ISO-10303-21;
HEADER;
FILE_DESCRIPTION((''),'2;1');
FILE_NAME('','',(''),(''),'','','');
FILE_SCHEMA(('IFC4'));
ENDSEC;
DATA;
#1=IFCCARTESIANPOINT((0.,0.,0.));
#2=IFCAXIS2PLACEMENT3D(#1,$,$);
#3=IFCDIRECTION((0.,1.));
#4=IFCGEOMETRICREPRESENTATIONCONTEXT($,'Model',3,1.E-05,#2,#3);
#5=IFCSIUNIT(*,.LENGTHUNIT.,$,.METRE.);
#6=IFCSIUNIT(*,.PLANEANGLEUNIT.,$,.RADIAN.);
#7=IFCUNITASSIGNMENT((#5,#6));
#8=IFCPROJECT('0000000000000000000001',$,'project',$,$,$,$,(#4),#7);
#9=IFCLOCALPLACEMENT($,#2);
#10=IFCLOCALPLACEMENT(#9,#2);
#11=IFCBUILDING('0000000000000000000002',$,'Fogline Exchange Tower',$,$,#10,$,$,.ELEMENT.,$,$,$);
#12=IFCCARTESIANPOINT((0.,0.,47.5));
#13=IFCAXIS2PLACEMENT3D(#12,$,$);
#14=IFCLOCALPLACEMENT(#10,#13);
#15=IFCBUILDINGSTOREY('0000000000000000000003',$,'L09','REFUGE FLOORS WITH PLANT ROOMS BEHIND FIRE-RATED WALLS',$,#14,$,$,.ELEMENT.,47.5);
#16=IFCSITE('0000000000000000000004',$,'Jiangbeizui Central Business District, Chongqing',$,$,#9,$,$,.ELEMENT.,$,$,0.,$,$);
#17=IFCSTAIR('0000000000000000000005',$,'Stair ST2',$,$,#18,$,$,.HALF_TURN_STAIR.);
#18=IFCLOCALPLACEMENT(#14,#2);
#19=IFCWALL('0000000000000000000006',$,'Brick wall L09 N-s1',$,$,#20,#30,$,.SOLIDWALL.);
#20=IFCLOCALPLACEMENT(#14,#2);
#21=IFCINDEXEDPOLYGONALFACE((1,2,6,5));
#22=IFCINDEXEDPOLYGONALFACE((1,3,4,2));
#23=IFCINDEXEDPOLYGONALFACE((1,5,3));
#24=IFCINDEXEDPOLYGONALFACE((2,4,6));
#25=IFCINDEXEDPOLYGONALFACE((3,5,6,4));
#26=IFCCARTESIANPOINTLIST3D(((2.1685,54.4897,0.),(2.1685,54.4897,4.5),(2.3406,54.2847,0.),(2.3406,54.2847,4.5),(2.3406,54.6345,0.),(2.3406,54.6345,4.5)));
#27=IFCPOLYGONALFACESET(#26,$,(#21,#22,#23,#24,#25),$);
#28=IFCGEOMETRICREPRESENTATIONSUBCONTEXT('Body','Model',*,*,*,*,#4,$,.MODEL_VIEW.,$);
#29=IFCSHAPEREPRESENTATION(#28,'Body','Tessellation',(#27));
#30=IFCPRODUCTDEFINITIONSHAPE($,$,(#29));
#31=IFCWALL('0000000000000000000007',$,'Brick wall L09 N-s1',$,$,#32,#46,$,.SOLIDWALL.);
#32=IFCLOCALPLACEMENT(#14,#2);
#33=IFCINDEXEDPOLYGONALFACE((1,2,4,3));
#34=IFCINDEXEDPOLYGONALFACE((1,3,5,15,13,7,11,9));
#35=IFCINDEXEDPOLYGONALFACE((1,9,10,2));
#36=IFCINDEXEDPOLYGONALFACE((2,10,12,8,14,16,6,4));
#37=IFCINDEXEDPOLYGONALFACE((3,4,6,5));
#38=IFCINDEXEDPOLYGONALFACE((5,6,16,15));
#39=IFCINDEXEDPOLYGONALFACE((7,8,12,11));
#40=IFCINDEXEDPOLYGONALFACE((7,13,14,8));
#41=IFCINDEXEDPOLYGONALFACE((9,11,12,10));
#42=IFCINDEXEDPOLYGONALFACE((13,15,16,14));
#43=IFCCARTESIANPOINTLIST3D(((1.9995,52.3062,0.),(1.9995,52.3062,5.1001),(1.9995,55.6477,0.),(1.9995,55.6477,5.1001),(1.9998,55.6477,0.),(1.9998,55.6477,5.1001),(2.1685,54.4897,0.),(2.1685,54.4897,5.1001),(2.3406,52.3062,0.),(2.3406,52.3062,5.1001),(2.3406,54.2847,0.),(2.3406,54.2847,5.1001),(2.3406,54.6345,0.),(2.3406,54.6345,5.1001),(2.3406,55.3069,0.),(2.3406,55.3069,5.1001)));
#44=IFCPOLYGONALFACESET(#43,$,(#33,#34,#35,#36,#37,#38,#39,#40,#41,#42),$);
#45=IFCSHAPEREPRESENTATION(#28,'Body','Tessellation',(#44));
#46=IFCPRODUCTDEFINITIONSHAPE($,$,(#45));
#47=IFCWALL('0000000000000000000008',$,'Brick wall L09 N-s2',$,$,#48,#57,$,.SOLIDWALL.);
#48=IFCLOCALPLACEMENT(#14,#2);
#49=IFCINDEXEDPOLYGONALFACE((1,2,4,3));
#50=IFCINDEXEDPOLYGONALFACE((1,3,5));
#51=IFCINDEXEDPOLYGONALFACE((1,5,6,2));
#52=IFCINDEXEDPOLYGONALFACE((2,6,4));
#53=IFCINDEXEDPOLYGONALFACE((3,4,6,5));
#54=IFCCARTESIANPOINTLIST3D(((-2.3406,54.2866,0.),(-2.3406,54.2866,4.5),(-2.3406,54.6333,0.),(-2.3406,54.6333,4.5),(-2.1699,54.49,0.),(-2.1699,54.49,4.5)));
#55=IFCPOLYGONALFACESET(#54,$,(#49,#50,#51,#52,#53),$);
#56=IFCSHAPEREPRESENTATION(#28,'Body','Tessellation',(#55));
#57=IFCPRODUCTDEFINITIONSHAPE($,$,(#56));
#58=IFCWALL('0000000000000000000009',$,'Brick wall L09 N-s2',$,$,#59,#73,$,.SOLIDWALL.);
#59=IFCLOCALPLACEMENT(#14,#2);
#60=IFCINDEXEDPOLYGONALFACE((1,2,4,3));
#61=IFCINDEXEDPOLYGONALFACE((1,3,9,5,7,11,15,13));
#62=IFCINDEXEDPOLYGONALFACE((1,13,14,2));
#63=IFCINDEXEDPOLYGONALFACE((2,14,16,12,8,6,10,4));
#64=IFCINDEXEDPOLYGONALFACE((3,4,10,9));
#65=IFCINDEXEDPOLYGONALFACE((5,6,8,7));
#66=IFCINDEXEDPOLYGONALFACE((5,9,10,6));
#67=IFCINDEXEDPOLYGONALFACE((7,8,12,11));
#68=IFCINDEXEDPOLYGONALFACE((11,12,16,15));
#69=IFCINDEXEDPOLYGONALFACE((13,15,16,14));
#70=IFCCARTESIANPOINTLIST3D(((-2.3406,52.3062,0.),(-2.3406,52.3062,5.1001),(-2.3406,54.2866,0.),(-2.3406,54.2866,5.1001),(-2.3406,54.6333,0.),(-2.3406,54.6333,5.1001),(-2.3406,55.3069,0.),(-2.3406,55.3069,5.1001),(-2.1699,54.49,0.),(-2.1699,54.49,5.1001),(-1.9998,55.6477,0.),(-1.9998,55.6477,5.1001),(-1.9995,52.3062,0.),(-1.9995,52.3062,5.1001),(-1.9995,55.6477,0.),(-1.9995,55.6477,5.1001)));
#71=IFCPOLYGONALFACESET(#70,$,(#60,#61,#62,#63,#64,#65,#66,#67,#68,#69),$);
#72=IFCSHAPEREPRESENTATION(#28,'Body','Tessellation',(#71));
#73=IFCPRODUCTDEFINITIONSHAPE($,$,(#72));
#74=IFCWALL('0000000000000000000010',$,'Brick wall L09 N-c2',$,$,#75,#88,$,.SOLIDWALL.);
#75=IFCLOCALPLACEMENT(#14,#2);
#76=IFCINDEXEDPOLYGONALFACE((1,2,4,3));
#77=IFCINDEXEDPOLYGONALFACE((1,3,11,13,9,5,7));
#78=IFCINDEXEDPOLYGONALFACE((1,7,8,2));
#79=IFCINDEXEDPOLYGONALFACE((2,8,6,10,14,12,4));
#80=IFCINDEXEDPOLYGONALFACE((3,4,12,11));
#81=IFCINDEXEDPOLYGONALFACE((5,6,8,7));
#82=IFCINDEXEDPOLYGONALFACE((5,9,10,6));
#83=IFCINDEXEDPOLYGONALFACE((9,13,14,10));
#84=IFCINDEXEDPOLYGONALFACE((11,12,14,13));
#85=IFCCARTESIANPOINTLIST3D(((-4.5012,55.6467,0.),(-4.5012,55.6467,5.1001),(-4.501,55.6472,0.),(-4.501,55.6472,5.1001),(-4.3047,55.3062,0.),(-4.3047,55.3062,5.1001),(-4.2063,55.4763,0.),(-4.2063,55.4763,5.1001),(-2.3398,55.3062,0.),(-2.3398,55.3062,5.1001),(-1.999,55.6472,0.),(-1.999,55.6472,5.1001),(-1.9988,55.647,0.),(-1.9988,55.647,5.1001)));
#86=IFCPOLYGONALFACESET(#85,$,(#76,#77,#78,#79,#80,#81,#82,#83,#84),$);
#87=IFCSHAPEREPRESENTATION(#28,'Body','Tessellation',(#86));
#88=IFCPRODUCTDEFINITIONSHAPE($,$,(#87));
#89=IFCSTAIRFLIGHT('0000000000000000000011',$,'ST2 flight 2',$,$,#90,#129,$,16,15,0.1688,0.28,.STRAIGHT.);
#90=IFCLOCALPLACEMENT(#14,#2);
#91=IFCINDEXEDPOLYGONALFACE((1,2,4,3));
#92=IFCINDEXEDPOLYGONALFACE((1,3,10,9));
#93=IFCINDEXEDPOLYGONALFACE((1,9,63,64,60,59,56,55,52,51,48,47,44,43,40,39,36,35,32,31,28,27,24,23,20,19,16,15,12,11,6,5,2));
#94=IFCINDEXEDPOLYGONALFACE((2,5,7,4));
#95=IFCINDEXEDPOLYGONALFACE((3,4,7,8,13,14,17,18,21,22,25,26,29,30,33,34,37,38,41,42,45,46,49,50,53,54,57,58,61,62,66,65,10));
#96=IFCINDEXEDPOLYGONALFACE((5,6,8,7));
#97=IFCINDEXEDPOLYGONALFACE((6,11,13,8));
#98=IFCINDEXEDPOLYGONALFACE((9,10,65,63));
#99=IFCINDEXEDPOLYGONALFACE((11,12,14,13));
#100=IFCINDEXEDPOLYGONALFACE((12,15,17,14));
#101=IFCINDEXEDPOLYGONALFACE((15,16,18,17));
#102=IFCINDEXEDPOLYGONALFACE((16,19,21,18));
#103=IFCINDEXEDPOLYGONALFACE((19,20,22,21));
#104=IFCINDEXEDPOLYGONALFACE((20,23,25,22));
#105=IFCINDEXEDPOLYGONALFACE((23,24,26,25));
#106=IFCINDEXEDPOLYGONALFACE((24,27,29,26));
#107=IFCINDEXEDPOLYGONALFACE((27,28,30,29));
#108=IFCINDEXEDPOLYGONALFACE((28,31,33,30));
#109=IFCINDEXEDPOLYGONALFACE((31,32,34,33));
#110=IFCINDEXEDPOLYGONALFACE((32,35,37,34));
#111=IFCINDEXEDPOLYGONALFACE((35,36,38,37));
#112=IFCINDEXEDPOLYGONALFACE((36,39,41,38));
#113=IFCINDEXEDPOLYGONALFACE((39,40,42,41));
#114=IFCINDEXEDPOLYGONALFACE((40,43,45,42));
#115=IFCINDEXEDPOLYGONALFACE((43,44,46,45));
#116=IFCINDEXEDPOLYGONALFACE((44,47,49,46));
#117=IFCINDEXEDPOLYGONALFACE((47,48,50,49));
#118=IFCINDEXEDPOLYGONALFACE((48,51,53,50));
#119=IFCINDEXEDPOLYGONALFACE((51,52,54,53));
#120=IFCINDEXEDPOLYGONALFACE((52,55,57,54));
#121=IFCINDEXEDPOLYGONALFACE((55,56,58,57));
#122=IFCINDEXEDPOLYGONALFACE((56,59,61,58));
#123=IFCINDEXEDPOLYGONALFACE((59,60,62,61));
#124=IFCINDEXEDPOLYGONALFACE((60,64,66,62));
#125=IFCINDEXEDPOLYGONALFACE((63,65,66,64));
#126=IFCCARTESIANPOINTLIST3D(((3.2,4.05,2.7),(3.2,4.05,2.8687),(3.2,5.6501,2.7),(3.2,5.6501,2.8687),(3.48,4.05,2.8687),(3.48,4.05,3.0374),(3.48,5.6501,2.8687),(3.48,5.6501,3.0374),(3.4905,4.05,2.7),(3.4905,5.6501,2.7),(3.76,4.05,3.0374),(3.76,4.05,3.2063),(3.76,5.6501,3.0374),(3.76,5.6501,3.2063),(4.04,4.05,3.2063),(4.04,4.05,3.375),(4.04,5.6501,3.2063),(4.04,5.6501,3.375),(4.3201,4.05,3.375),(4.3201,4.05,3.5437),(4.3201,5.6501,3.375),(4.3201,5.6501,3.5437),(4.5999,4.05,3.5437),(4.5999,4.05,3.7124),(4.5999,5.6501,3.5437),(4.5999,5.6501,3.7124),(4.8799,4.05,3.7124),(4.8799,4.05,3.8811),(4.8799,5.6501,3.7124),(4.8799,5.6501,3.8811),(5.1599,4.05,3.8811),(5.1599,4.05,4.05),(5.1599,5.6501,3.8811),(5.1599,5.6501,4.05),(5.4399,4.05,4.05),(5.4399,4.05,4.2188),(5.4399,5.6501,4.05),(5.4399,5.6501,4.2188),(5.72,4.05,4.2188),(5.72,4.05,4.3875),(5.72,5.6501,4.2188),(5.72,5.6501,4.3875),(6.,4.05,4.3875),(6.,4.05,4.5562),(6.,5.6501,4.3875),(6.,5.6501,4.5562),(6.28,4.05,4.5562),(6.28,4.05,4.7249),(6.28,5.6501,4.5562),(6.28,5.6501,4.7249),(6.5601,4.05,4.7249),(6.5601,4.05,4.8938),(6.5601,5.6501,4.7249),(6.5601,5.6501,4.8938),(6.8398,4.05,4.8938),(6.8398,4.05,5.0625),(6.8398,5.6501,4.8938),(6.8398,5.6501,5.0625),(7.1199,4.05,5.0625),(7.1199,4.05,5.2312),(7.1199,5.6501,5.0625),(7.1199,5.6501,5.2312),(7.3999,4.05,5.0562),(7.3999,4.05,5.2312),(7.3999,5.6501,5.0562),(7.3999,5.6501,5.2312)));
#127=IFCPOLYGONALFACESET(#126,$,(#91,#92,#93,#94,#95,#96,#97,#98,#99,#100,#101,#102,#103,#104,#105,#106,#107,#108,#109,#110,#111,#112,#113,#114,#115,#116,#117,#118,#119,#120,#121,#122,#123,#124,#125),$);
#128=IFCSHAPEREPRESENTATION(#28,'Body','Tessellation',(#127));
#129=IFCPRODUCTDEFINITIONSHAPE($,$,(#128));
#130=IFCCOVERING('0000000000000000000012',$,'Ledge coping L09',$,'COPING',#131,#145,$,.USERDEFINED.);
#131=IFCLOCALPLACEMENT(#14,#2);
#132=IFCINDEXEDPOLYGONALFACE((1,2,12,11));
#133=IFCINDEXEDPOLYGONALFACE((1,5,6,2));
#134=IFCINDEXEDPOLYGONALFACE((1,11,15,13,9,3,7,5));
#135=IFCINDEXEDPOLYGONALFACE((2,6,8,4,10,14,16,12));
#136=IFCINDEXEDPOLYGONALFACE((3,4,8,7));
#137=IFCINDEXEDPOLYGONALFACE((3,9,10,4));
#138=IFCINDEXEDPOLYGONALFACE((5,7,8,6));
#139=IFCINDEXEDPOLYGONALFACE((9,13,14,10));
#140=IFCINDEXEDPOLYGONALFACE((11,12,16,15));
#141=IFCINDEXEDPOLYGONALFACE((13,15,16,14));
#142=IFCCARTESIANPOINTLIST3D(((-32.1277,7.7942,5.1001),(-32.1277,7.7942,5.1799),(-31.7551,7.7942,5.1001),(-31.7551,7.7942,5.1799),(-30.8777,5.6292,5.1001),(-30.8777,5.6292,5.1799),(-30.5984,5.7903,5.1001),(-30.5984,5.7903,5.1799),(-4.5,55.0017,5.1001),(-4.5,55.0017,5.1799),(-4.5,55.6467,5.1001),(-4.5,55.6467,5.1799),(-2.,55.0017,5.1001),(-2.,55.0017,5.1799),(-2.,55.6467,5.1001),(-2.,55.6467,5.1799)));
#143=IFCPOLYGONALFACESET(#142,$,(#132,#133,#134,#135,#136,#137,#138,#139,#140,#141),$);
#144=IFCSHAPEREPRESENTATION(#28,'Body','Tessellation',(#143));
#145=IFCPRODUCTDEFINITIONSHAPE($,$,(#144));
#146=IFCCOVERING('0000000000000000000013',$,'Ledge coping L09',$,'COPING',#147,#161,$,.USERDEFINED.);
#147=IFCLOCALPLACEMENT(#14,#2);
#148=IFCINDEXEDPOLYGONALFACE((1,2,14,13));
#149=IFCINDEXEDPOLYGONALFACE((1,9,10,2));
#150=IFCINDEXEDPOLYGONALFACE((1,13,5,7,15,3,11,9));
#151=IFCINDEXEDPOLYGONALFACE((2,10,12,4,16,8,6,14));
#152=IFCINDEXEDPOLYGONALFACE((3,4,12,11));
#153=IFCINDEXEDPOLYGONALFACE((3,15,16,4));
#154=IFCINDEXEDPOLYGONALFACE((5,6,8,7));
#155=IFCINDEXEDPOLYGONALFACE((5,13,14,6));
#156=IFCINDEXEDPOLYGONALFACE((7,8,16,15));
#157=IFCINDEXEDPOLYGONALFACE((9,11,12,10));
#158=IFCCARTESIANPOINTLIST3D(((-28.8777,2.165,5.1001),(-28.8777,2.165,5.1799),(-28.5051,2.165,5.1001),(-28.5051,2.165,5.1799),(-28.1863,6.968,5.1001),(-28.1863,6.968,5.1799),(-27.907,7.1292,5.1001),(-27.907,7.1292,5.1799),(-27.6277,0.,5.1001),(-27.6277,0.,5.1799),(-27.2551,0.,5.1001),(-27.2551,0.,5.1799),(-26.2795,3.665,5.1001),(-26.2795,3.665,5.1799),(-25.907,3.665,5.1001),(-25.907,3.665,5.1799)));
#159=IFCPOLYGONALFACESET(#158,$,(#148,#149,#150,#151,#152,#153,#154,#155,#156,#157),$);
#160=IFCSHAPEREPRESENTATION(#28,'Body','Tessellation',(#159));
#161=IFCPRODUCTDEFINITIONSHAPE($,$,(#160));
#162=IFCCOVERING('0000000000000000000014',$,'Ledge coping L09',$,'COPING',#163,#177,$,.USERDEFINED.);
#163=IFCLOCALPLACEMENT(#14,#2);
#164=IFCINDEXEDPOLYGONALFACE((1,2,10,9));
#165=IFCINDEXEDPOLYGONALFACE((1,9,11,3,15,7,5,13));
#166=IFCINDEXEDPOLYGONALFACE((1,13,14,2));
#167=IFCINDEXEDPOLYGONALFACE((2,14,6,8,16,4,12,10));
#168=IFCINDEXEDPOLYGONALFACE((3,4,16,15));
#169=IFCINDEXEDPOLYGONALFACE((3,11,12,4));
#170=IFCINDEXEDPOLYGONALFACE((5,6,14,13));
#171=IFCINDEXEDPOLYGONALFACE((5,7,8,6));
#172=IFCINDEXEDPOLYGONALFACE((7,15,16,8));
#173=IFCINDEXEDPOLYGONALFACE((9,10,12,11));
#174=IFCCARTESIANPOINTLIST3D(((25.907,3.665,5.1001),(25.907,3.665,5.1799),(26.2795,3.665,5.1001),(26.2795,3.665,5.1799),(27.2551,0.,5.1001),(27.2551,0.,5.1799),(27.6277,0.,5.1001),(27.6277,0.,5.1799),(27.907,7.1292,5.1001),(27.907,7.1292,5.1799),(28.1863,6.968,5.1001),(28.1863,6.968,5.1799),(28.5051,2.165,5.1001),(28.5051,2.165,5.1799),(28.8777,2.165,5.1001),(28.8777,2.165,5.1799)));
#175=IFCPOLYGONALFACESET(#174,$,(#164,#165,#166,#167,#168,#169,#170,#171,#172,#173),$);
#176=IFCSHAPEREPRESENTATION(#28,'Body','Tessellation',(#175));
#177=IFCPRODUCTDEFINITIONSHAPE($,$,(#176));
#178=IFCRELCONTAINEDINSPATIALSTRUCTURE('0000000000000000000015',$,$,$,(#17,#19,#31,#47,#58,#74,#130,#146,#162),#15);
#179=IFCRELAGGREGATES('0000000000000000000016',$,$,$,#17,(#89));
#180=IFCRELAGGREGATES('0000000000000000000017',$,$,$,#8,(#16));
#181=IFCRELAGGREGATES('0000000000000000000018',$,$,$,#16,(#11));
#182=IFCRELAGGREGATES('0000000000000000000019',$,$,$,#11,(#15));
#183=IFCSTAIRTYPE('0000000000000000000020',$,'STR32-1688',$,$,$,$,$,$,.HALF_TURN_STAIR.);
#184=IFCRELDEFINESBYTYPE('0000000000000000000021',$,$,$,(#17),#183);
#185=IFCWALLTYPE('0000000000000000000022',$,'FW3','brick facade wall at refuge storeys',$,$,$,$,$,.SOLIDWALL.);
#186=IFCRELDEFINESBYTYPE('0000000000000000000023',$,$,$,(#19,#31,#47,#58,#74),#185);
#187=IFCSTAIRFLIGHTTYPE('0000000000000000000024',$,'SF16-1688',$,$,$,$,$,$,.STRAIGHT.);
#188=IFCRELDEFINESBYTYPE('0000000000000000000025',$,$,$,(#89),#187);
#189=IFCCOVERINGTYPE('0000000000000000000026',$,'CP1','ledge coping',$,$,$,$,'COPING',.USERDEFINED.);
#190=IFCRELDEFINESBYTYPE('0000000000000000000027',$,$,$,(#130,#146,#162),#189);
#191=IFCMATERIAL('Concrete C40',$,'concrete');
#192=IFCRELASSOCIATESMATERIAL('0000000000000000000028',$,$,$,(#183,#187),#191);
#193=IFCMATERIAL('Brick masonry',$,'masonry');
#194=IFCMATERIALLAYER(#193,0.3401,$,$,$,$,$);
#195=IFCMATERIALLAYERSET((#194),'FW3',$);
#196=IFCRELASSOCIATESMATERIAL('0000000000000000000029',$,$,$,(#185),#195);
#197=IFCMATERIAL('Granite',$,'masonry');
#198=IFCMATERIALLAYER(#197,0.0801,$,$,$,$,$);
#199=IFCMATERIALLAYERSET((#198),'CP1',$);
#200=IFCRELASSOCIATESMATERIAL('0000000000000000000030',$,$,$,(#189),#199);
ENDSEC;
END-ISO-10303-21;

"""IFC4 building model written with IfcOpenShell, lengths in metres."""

from ifc_helpers import new_model, si_unit, direction, frame, origin, place, context, subcontext, project, spatial, polyline, outline, extrude, material, layer, layer_set, type_object, element, aggregate, save


model = new_model("IFC4")

# Units and contexts
model_context = context("Model", 3, precision=1e-05, world=origin(), true_north=direction((0.0, 1.0)))
body_context = subcontext(model_context, "Body", "Model", "MODEL_VIEW")
ifc_project = project(units=[si_unit("LENGTHUNIT", "METRE"), si_unit("PLANEANGLEUNIT", "RADIAN")], contexts=[model_context])

# Site, building, storey
site_placement = place(None, origin())
site = spatial("IfcSite", under=ifc_project, at=site_placement, Name="Jiangbeizui Central Business District, Chongqing", CompositionType="ELEMENT", RefElevation=0.0)
building_placement = place(site_placement, origin())
building = spatial("IfcBuilding", under=site, at=building_placement, Name="Fogline Exchange Tower", CompositionType="ELEMENT")
storey_placement = place(building_placement, frame((0.0, 0.0, 47.5)))
storey = spatial("IfcBuildingStorey", under=building, at=storey_placement, Name="L09", Description="REFUGE FLOORS WITH PLANT ROOMS BEHIND FIRE-RATED WALLS", CompositionType="ELEMENT", Elevation=47.5)

# Shared definitions
ifc_material_1 = material(Name="Concrete C40", Category="concrete")

# Stair
stair_type = type_object("IfcStairType", Name="STR32-1688", PredefinedType="HALF_TURN_STAIR", material=ifc_material_1)
stair_1_placement = place(storey_placement, origin())
stair_1 = element("IfcStair", 1, at=stair_1_placement, inside=storey, type_object=stair_type, Name="Stair ST2", PredefinedType="HALF_TURN_STAIR")

# Walls
ifc_material_2 = material(Name="Brick masonry", Category="masonry")
ifc_layer_1 = layer(ifc_material_2, 0.3401)
ifc_layer_set_1 = layer_set([ifc_layer_1], Name="FW3")
wall_type_1 = type_object("IfcWallType", Name="FW3", Description="brick facade wall at refuge storeys", PredefinedType="SOLIDWALL", material=ifc_layer_set_1)
wall_1_placement = place(storey_placement, origin())
element("IfcWall", 2, at=wall_1_placement, inside=storey, type_object=wall_type_1, Name="Brick wall L09 N-s1", PredefinedType="SOLIDWALL", context=body_context, shape_type="SweptSolid", body=[
    extrude(outline(polyline([(2.3406, 54.2847), (2.1685, 54.4897), (2.3406, 54.6345), (2.3406, 54.2847)])), origin(), (0.0, 0.0, 1.0), 4.5),
])
wall_2_placement = place(storey_placement, origin())
element("IfcWall", 3, at=wall_2_placement, inside=storey, type_object=wall_type_1, Name="Brick wall L09 N-s1", PredefinedType="SOLIDWALL", context=body_context, shape_type="SweptSolid", body=[
    extrude(outline(polyline([(1.9995, 52.3062), (1.9995, 55.6477), (1.9998, 55.6477), (2.3406, 55.3069), (2.3406, 54.6345), (2.1685, 54.4897), (2.3406, 54.2847), (2.3406, 52.3062), (1.9995, 52.3062)])), origin(), (0.0, 0.0, 1.0), 5.1001),
])
wall_3_placement = place(storey_placement, origin())
element("IfcWall", 4, at=wall_3_placement, inside=storey, type_object=wall_type_1, Name="Brick wall L09 N-s2", PredefinedType="SOLIDWALL", context=body_context, shape_type="SweptSolid", body=[
    extrude(outline(polyline([(-2.3406, 54.6333), (-2.1699, 54.49), (-2.3406, 54.2866), (-2.3406, 54.6333)])), origin(), (0.0, 0.0, 1.0), 4.5),
])
wall_4_placement = place(storey_placement, origin())
element("IfcWall", 5, at=wall_4_placement, inside=storey, type_object=wall_type_1, Name="Brick wall L09 N-s2", PredefinedType="SOLIDWALL", context=body_context, shape_type="SweptSolid", body=[
    extrude(outline(polyline([(-1.9995, 52.3062), (-2.3406, 52.3062), (-2.3406, 54.2866), (-2.1699, 54.49), (-2.3406, 54.6333), (-2.3406, 55.3069), (-1.9998, 55.6477), (-1.9995, 55.6477), (-1.9995, 52.3062)])), origin(), (0.0, 0.0, 1.0), 5.1001),
])
wall_5_placement = place(storey_placement, origin())
element("IfcWall", 6, at=wall_5_placement, inside=storey, type_object=wall_type_1, Name="Brick wall L09 N-c2", PredefinedType="SOLIDWALL", context=body_context, shape_type="SweptSolid", body=[
    extrude(outline(polyline([(-4.3047, 55.3062), (-4.2063, 55.4763), (-4.5012, 55.6467), (-4.501, 55.6472), (-1.999, 55.6472), (-1.9988, 55.647), (-2.3398, 55.3062), (-4.3047, 55.3062)])), origin(), (0.0, 0.0, 1.0), 5.1001),
])

# Stair flight
stair_flight_type = type_object("IfcStairFlightType", Name="SF16-1688", PredefinedType="STRAIGHT", material=ifc_material_1)
stair_flight_placement = place(storey_placement, frame((3.2, 4.8501, 2.7), z_axis=(0.0, 0.0, 1.0), x_axis=(1.0, 0.0, 0.0)))
stair_flight = element("IfcStairFlight", 7, at=stair_flight_placement, type_object=stair_flight_type, Name="ST2 flight 2", NumberOfRisers=16, NumberOfTreads=15, PredefinedType="STRAIGHT", RiserHeight=0.1688, TreadLength=0.28, context=body_context, shape_type="SweptSolid", body=[
    extrude(outline(polyline([(0.0, 0.0), (0.0, 0.1687), (0.28, 0.1687), (0.28, 0.3374), (0.5601, 0.3374), (0.5601, 0.5063), (0.8401, 0.5063), (0.8401, 0.675), (1.1201, 0.675), (1.1201, 0.8438), (1.3999, 0.8438), (1.3999, 1.0125), (1.6799, 1.0125), (1.6799, 1.1812), (1.96, 1.1812), (1.96, 1.3501), (2.24, 1.3501), (2.24, 1.5188), (2.52, 1.5188), (2.52, 1.6875), (2.8, 1.6875), (2.8, 1.8562), (3.0801, 1.8562), (3.0801, 2.0249), (3.3601, 2.0249), (3.3601, 2.1938), (3.6399, 2.1938), (3.6399, 2.3625), (3.9199, 2.3625), (3.9199, 2.5312), (4.2, 2.5312), (4.2, 2.7), (4.2, 2.3562), (0.2905, 0.0), (0.0, 0.0)])), frame((0.0, 0.8, 0.0), z_axis=(0.0, -1.0, 0.0), x_axis=(1.0, 0.0, 0.0)), (0.0, 0.0, 1.0), 1.6001),
])
aggregate(stair_1, [stair_flight])

# Coverings
ifc_material_3 = material(Name="Granite", Category="masonry")
ifc_layer_2 = layer(ifc_material_3, 0.0801)
ifc_layer_set_2 = layer_set([ifc_layer_2], Name="CP1")
covering_type_1 = type_object("IfcCoveringType", Name="CP1", Description="ledge coping", ElementType="COPING", PredefinedType="USERDEFINED", material=ifc_layer_set_2)
covering_1_placement = place(storey_placement, frame((0.0, 0.0, 5.1001)))
element("IfcCovering", 8, at=covering_1_placement, inside=storey, type_object=covering_type_1, Name="Ledge coping L09", ObjectType="COPING", PredefinedType="USERDEFINED", context=body_context, shape_type="SweptSolid", body=[
    extrude(outline(polyline([(-30.8777, 5.6292), (-30.5984, 5.7903), (-31.7551, 7.7942), (-4.5, 55.0017), (-2.0, 55.0017), (-2.0, 55.6467), (-4.5, 55.6467), (-32.1277, 7.7942), (-30.8777, 5.6292)])), origin(), (0.0, 0.0, 1.0), 0.0798),
])
covering_2_placement = place(storey_placement, frame((0.0, 0.0, 5.1001)))
element("IfcCovering", 9, at=covering_2_placement, inside=storey, type_object=covering_type_1, Name="Ledge coping L09", ObjectType="COPING", PredefinedType="USERDEFINED", context=body_context, shape_type="SweptSolid", body=[
    extrude(outline(polyline([(-27.6277, 0.0), (-27.2551, 0.0), (-28.5051, 2.165), (-25.907, 3.665), (-27.907, 7.1292), (-28.1863, 6.968), (-26.2795, 3.665), (-28.8777, 2.165), (-27.6277, 0.0)])), origin(), (0.0, 0.0, 1.0), 0.0798),
])
covering_3_placement = place(storey_placement, frame((0.0, 0.0, 5.1001)))
element("IfcCovering", 10, at=covering_3_placement, inside=storey, type_object=covering_type_1, Name="Ledge coping L09", ObjectType="COPING", PredefinedType="USERDEFINED", context=body_context, shape_type="SweptSolid", body=[
    extrude(outline(polyline([(26.2795, 3.665), (28.1863, 6.968), (27.907, 7.1292), (25.907, 3.665), (28.5051, 2.165), (27.2551, 0.0), (27.6277, 0.0), (28.8777, 2.165), (26.2795, 3.665)])), origin(), (0.0, 0.0, 1.0), 0.0798),
])

save(model, "model.ifc")
